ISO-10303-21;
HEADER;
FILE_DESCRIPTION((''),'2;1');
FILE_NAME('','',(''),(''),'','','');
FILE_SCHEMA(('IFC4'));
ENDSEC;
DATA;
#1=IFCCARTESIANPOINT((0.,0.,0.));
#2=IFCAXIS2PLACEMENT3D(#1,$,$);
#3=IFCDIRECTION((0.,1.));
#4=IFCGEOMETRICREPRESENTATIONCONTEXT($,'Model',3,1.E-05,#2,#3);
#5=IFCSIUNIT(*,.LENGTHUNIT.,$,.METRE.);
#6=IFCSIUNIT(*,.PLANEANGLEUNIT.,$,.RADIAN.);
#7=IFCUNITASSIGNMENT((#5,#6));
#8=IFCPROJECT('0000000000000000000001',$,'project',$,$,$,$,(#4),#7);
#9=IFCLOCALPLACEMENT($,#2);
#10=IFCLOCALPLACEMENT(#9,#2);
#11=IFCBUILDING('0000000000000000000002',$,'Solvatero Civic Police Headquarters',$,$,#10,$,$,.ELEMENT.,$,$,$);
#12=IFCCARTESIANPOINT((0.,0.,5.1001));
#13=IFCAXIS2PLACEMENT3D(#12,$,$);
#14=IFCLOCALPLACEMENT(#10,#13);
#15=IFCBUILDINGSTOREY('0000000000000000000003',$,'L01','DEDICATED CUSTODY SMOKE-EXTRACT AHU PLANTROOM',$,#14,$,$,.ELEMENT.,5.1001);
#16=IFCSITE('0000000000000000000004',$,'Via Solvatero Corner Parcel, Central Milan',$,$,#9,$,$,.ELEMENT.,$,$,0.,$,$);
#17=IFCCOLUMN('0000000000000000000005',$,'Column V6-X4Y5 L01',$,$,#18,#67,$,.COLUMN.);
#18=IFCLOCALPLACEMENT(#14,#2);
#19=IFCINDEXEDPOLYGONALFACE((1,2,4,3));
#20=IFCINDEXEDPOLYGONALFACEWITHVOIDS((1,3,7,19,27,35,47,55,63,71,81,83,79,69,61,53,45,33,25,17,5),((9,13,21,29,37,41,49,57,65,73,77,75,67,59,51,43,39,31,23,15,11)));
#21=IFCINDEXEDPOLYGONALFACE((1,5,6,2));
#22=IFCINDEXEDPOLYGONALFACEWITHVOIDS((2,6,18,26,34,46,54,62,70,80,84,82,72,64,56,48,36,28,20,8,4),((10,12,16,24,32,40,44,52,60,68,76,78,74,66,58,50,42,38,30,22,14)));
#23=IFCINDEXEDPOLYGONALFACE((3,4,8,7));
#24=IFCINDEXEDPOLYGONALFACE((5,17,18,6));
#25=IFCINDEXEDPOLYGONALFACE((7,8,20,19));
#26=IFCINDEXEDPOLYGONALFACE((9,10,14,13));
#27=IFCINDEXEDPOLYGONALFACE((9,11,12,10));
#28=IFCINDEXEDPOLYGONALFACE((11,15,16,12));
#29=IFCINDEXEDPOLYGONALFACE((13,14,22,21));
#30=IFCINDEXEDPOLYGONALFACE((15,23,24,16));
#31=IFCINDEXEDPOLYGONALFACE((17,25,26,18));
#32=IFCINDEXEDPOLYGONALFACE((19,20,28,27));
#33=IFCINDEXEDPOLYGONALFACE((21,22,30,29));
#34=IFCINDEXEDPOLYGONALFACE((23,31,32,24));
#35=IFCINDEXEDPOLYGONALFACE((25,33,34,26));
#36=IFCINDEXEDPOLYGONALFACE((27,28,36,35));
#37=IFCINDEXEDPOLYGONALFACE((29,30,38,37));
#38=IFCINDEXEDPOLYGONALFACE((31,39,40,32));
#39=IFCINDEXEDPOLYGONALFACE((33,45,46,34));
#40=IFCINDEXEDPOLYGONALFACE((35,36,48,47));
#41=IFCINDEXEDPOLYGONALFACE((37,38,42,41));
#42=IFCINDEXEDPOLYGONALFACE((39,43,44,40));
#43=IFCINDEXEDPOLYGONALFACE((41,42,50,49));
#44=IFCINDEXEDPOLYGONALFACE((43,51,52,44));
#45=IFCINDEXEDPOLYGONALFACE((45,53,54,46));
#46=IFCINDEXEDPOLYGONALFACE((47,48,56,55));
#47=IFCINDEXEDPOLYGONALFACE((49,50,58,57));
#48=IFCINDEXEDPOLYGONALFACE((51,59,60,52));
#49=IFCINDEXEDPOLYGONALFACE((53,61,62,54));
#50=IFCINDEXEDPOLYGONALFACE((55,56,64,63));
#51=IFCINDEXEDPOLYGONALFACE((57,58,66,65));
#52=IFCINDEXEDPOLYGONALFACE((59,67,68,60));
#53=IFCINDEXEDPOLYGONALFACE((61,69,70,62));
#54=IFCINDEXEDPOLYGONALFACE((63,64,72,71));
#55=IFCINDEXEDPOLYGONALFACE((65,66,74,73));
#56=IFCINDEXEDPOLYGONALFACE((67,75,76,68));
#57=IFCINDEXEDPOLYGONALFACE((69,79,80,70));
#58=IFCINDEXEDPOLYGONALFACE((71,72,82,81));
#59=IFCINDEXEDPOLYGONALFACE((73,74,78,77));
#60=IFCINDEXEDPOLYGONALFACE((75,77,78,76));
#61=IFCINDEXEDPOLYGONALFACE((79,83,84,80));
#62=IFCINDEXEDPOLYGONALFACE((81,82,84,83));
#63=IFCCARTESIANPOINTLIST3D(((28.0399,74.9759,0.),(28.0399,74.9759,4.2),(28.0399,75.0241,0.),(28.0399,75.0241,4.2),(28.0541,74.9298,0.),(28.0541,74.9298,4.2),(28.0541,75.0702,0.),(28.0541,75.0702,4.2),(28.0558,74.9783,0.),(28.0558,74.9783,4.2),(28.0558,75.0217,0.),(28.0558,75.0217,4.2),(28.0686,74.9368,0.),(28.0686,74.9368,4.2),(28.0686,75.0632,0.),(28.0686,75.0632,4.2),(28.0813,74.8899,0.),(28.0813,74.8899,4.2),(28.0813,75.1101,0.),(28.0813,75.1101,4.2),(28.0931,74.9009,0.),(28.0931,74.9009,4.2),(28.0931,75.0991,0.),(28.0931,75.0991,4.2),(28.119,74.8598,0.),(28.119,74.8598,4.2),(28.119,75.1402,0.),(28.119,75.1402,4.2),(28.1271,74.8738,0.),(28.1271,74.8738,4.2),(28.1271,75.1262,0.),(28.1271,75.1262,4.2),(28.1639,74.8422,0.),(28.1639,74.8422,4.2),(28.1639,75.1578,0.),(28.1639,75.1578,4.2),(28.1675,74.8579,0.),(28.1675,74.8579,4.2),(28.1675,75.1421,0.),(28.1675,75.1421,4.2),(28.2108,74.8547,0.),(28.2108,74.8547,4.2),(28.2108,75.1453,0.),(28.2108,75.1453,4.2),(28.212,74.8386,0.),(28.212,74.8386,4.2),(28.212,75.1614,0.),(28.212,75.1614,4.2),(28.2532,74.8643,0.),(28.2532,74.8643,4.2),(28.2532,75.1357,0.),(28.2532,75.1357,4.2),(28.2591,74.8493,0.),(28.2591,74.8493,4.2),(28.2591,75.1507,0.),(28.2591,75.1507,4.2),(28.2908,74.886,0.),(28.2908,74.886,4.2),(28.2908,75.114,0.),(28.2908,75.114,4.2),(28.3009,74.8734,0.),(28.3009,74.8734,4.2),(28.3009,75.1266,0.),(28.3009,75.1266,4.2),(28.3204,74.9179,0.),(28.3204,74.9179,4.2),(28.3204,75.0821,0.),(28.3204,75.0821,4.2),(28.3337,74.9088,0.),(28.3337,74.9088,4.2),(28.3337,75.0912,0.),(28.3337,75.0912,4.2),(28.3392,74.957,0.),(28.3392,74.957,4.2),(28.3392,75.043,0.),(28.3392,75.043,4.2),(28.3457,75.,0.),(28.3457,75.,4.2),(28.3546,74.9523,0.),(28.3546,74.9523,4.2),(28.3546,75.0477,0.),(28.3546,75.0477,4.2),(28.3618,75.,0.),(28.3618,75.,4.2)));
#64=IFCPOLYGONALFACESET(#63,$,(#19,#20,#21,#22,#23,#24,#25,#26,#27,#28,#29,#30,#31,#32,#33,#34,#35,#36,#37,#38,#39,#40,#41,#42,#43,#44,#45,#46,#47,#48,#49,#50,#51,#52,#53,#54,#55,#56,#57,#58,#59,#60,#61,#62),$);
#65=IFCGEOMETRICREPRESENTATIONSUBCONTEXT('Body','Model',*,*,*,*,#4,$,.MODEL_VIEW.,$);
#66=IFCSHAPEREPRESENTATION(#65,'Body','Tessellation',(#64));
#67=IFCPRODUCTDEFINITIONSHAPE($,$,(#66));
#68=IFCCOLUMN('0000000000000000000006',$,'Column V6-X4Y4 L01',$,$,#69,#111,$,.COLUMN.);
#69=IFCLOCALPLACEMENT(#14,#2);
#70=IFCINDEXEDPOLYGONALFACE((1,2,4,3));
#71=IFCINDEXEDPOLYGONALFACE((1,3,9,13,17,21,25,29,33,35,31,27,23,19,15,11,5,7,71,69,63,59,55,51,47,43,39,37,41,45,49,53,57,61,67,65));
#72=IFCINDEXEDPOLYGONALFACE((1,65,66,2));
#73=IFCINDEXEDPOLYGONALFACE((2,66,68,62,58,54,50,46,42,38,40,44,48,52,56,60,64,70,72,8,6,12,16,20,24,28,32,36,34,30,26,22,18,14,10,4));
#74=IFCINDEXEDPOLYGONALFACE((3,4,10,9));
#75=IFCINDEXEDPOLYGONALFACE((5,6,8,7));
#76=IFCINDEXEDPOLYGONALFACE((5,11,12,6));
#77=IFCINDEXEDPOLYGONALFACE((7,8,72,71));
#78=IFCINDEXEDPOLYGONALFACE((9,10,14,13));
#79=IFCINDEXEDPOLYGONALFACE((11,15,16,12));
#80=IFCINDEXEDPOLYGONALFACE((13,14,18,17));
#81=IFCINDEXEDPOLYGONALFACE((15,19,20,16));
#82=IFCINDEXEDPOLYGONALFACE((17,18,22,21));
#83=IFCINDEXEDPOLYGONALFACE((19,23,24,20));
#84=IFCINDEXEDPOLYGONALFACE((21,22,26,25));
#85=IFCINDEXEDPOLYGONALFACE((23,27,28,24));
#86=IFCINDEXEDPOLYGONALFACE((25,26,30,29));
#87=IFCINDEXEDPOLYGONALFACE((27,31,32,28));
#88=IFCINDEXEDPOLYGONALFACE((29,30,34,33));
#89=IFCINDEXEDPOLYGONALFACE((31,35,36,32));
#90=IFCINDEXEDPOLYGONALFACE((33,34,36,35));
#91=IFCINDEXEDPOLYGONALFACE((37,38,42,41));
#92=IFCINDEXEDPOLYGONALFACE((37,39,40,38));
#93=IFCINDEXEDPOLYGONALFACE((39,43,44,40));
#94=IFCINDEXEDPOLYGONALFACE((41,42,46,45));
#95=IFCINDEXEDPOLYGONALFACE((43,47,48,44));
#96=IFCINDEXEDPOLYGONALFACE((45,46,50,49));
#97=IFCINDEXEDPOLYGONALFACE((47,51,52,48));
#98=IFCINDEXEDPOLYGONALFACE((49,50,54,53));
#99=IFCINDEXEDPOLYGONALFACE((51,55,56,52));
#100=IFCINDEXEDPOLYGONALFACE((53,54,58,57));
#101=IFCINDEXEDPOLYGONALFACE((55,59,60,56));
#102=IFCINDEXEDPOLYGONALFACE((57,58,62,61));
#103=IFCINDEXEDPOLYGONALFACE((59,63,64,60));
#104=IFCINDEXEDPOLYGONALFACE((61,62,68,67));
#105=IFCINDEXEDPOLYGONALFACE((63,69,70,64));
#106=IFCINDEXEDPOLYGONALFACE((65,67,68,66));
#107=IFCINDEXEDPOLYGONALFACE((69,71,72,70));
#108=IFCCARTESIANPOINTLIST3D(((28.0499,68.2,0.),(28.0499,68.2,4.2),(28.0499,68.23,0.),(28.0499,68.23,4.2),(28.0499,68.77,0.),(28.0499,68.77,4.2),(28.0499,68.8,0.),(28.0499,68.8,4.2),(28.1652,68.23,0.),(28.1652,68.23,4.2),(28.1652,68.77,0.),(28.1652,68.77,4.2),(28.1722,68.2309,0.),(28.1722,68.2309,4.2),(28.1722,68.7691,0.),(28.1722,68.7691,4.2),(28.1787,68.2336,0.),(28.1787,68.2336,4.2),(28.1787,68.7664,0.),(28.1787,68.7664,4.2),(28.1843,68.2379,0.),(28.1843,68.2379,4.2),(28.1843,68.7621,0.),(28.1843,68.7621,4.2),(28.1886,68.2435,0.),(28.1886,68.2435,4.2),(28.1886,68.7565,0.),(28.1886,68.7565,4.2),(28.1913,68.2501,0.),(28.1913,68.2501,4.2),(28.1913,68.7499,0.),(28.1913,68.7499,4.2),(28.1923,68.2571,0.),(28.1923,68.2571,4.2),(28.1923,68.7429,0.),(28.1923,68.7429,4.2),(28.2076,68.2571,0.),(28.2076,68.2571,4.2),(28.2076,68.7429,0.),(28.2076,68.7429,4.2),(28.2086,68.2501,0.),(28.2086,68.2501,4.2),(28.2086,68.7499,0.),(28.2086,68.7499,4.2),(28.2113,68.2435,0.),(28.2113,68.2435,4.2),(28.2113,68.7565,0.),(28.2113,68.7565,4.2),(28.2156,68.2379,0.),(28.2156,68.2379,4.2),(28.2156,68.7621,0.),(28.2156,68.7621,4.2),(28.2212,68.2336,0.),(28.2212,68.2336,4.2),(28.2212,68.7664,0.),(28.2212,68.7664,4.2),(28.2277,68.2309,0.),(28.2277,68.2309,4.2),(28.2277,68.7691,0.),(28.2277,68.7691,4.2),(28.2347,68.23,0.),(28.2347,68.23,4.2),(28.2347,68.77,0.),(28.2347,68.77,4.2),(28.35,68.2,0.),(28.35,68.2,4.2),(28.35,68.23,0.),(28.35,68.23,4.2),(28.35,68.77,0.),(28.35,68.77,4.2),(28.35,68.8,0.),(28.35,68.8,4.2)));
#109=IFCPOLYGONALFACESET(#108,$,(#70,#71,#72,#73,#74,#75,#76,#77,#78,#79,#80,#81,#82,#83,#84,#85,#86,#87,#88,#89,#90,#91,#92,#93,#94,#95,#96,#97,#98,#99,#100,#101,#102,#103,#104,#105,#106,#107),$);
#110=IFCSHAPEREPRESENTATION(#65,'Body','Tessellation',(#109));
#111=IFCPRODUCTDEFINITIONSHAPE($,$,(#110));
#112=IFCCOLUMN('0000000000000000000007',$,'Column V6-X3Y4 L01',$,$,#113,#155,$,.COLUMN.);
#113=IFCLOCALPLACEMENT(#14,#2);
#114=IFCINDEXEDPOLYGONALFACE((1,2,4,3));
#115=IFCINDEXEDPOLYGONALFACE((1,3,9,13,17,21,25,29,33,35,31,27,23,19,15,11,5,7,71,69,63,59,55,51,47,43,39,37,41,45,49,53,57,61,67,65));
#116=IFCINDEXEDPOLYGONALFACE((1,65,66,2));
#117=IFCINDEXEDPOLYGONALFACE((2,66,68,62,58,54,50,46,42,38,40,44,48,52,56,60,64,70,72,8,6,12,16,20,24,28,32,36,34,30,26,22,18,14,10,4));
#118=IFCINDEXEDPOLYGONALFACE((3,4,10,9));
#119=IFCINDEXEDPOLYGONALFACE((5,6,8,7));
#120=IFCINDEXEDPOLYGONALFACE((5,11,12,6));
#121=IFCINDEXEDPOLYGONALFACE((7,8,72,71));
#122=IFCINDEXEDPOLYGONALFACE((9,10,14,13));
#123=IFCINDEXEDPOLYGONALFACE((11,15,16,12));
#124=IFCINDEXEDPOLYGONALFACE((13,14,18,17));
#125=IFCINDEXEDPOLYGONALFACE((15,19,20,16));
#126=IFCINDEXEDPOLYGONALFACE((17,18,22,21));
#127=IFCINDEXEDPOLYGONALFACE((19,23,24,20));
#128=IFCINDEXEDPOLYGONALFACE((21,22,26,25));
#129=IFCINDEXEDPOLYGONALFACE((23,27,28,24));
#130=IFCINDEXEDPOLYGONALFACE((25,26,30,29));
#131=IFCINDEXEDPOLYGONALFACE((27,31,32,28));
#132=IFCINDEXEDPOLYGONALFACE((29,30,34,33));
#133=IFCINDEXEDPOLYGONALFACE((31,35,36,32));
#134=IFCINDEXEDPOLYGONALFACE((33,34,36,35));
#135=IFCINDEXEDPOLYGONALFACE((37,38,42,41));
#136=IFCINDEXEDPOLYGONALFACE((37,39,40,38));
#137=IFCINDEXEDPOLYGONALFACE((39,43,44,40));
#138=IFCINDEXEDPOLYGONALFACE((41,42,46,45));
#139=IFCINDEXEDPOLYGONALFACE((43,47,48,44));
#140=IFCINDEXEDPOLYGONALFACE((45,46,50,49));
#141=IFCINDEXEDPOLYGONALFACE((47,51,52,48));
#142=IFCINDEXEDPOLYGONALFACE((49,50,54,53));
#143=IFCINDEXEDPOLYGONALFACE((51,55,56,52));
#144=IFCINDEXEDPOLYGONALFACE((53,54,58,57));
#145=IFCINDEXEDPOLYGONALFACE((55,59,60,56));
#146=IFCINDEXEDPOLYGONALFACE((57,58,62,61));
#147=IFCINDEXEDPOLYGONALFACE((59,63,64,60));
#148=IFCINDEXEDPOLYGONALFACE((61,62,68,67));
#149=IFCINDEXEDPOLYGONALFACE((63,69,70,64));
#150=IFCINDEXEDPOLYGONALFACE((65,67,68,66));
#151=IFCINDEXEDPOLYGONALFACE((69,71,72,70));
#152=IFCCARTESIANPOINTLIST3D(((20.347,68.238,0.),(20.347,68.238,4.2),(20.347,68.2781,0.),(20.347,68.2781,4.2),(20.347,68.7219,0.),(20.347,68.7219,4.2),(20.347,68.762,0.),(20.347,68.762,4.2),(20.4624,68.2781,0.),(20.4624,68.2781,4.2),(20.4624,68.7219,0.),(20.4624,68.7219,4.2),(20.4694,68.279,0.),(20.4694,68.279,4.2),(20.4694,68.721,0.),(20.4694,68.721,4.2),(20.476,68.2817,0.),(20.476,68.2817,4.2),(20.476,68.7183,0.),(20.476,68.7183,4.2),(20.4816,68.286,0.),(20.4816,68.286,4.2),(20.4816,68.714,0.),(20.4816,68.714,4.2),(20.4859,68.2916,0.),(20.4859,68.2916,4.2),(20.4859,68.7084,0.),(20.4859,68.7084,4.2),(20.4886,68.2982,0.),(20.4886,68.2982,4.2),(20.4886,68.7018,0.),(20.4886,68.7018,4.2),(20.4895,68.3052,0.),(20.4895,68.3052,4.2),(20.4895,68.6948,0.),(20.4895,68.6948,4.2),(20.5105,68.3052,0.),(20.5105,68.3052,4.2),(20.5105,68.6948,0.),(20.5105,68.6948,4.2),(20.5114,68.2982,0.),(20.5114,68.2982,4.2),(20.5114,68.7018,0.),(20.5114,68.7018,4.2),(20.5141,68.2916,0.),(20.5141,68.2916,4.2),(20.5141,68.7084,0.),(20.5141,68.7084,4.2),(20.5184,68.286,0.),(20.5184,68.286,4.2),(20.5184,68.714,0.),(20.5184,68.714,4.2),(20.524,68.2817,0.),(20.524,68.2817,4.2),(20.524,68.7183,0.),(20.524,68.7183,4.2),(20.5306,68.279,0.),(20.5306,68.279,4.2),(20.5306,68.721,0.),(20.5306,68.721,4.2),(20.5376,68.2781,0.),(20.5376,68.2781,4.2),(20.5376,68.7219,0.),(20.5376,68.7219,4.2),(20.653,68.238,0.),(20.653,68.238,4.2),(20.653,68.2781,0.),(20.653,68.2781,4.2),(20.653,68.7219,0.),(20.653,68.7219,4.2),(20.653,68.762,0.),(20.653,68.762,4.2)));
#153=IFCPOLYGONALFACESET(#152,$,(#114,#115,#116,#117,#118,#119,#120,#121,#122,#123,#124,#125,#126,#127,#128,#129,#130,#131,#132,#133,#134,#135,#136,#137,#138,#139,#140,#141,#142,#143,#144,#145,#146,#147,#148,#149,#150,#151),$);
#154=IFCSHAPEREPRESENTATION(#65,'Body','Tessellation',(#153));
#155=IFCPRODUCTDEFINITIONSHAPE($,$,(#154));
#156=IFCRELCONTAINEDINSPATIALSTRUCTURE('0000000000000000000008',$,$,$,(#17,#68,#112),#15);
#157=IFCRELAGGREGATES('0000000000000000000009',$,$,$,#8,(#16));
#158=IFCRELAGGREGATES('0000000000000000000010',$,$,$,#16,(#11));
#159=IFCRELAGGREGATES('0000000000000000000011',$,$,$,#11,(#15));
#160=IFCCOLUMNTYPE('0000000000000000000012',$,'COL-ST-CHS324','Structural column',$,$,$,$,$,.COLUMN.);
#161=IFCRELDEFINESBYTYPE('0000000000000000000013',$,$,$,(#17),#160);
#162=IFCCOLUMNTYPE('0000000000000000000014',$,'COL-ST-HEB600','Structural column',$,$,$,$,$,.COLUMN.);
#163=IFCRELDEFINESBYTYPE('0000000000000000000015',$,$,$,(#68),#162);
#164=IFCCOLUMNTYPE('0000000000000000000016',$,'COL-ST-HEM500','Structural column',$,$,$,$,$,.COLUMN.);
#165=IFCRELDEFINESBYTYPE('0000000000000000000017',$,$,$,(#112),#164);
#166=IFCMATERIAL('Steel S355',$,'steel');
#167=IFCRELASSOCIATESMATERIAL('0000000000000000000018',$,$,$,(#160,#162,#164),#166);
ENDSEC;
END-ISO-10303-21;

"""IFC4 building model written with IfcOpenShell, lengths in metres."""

from ifc_helpers import new_model, si_unit, direction, frame, origin, origin_2d, place, context, subcontext, project, spatial, hollow_circle, i_section, extrude, material, material_profile, profile_set, type_object, element, save


model = new_model("IFC4")

# Units and contexts
model_context = context("Model", 3, precision=1e-05, world=origin(), true_north=direction((0.0, 1.0)))
body_context = subcontext(model_context, "Body", "Model", "MODEL_VIEW")
ifc_project = project(units=[si_unit("LENGTHUNIT", "METRE"), si_unit("PLANEANGLEUNIT", "RADIAN")], contexts=[model_context])

# Site, building, storey
site_placement = place(None, origin())
site = spatial("IfcSite", under=ifc_project, at=site_placement, Name="Via Solvatero Corner Parcel, Central Milan", CompositionType="ELEMENT", RefElevation=0.0)
building_placement = place(site_placement, origin())
building = spatial("IfcBuilding", under=site, at=building_placement, Name="Solvatero Civic Police Headquarters", CompositionType="ELEMENT")
storey_placement = place(building_placement, frame((0.0, 0.0, 5.1001)))
storey = spatial("IfcBuildingStorey", under=building, at=storey_placement, Name="L01", Description="DEDICATED CUSTODY SMOKE-EXTRACT AHU PLANTROOM", CompositionType="ELEMENT", Elevation=5.1001)

# Columns
ifc_material_1 = material(Name="Steel S355", Category="steel")
ifc_material_profile_1 = material_profile(ifc_material_1, hollow_circle(Radius=0.1619, WallThickness=0.0161, at=origin_2d()), Name="CHS 323.9x16.0")
ifc_profile_set_1 = profile_set([ifc_material_profile_1], Name="Steel S355")
column_type_1 = type_object("IfcColumnType", Name="COL-ST-CHS324", Description="Structural column", PredefinedType="COLUMN", material=ifc_profile_set_1)
column_1_placement = place(storey_placement, frame((28.2, 75.0, 0.0), z_axis=(0.0, 0.0, 1.0), x_axis=(1.0, 0.0, 0.0)))
element("IfcColumn", 1, at=column_1_placement, inside=storey, type_object=column_type_1, Name="Column V6-X4Y5 L01", PredefinedType="COLUMN", context=body_context, shape_type="SweptSolid", body=[
    extrude(hollow_circle(Radius=0.1619, WallThickness=0.0161, at=origin_2d()), origin(), (0.0, 0.0, 1.0), 4.2),
])
ifc_material_profile_2 = material_profile(ifc_material_1, i_section(OverallWidth=0.3, OverallDepth=0.6001, WebThickness=0.0154, FlangeThickness=0.03, FilletRadius=0.0271, at=origin_2d()), Name="HEB 600")
ifc_profile_set_2 = profile_set([ifc_material_profile_2], Name="Steel S355")
column_type_2 = type_object("IfcColumnType", Name="COL-ST-HEB600", Description="Structural column", PredefinedType="COLUMN", material=ifc_profile_set_2)
column_2_placement = place(storey_placement, frame((28.2, 68.5, 0.0), z_axis=(0.0, 0.0, 1.0), x_axis=(1.0, 0.0, 0.0)))
element("IfcColumn", 2, at=column_2_placement, inside=storey, type_object=column_type_2, Name="Column V6-X4Y4 L01", PredefinedType="COLUMN", context=body_context, shape_type="SweptSolid", body=[
    extrude(i_section(OverallWidth=0.3, OverallDepth=0.6001, WebThickness=0.0154, FlangeThickness=0.03, FilletRadius=0.0271, at=origin_2d()), origin(), (0.0, 0.0, 1.0), 4.2),
])
ifc_material_profile_3 = material_profile(ifc_material_1, i_section(OverallWidth=0.3059, OverallDepth=0.5239, WebThickness=0.021, FlangeThickness=0.04, FilletRadius=0.0271, at=origin_2d()), Name="HEM 500")
ifc_profile_set_3 = profile_set([ifc_material_profile_3], Name="Steel S355")
column_type_3 = type_object("IfcColumnType", Name="COL-ST-HEM500", Description="Structural column", PredefinedType="COLUMN", material=ifc_profile_set_3)
column_3_placement = place(storey_placement, frame((20.5, 68.5, 0.0), z_axis=(0.0, 0.0, 1.0), x_axis=(1.0, 0.0, 0.0)))
element("IfcColumn", 3, at=column_3_placement, inside=storey, type_object=column_type_3, Name="Column V6-X3Y4 L01", PredefinedType="COLUMN", context=body_context, shape_type="SweptSolid", body=[
    extrude(i_section(OverallWidth=0.3059, OverallDepth=0.5239, WebThickness=0.021, FlangeThickness=0.04, FilletRadius=0.0271, at=origin_2d()), origin(), (0.0, 0.0, 1.0), 4.2),
])

save(model, "model.ifc")
